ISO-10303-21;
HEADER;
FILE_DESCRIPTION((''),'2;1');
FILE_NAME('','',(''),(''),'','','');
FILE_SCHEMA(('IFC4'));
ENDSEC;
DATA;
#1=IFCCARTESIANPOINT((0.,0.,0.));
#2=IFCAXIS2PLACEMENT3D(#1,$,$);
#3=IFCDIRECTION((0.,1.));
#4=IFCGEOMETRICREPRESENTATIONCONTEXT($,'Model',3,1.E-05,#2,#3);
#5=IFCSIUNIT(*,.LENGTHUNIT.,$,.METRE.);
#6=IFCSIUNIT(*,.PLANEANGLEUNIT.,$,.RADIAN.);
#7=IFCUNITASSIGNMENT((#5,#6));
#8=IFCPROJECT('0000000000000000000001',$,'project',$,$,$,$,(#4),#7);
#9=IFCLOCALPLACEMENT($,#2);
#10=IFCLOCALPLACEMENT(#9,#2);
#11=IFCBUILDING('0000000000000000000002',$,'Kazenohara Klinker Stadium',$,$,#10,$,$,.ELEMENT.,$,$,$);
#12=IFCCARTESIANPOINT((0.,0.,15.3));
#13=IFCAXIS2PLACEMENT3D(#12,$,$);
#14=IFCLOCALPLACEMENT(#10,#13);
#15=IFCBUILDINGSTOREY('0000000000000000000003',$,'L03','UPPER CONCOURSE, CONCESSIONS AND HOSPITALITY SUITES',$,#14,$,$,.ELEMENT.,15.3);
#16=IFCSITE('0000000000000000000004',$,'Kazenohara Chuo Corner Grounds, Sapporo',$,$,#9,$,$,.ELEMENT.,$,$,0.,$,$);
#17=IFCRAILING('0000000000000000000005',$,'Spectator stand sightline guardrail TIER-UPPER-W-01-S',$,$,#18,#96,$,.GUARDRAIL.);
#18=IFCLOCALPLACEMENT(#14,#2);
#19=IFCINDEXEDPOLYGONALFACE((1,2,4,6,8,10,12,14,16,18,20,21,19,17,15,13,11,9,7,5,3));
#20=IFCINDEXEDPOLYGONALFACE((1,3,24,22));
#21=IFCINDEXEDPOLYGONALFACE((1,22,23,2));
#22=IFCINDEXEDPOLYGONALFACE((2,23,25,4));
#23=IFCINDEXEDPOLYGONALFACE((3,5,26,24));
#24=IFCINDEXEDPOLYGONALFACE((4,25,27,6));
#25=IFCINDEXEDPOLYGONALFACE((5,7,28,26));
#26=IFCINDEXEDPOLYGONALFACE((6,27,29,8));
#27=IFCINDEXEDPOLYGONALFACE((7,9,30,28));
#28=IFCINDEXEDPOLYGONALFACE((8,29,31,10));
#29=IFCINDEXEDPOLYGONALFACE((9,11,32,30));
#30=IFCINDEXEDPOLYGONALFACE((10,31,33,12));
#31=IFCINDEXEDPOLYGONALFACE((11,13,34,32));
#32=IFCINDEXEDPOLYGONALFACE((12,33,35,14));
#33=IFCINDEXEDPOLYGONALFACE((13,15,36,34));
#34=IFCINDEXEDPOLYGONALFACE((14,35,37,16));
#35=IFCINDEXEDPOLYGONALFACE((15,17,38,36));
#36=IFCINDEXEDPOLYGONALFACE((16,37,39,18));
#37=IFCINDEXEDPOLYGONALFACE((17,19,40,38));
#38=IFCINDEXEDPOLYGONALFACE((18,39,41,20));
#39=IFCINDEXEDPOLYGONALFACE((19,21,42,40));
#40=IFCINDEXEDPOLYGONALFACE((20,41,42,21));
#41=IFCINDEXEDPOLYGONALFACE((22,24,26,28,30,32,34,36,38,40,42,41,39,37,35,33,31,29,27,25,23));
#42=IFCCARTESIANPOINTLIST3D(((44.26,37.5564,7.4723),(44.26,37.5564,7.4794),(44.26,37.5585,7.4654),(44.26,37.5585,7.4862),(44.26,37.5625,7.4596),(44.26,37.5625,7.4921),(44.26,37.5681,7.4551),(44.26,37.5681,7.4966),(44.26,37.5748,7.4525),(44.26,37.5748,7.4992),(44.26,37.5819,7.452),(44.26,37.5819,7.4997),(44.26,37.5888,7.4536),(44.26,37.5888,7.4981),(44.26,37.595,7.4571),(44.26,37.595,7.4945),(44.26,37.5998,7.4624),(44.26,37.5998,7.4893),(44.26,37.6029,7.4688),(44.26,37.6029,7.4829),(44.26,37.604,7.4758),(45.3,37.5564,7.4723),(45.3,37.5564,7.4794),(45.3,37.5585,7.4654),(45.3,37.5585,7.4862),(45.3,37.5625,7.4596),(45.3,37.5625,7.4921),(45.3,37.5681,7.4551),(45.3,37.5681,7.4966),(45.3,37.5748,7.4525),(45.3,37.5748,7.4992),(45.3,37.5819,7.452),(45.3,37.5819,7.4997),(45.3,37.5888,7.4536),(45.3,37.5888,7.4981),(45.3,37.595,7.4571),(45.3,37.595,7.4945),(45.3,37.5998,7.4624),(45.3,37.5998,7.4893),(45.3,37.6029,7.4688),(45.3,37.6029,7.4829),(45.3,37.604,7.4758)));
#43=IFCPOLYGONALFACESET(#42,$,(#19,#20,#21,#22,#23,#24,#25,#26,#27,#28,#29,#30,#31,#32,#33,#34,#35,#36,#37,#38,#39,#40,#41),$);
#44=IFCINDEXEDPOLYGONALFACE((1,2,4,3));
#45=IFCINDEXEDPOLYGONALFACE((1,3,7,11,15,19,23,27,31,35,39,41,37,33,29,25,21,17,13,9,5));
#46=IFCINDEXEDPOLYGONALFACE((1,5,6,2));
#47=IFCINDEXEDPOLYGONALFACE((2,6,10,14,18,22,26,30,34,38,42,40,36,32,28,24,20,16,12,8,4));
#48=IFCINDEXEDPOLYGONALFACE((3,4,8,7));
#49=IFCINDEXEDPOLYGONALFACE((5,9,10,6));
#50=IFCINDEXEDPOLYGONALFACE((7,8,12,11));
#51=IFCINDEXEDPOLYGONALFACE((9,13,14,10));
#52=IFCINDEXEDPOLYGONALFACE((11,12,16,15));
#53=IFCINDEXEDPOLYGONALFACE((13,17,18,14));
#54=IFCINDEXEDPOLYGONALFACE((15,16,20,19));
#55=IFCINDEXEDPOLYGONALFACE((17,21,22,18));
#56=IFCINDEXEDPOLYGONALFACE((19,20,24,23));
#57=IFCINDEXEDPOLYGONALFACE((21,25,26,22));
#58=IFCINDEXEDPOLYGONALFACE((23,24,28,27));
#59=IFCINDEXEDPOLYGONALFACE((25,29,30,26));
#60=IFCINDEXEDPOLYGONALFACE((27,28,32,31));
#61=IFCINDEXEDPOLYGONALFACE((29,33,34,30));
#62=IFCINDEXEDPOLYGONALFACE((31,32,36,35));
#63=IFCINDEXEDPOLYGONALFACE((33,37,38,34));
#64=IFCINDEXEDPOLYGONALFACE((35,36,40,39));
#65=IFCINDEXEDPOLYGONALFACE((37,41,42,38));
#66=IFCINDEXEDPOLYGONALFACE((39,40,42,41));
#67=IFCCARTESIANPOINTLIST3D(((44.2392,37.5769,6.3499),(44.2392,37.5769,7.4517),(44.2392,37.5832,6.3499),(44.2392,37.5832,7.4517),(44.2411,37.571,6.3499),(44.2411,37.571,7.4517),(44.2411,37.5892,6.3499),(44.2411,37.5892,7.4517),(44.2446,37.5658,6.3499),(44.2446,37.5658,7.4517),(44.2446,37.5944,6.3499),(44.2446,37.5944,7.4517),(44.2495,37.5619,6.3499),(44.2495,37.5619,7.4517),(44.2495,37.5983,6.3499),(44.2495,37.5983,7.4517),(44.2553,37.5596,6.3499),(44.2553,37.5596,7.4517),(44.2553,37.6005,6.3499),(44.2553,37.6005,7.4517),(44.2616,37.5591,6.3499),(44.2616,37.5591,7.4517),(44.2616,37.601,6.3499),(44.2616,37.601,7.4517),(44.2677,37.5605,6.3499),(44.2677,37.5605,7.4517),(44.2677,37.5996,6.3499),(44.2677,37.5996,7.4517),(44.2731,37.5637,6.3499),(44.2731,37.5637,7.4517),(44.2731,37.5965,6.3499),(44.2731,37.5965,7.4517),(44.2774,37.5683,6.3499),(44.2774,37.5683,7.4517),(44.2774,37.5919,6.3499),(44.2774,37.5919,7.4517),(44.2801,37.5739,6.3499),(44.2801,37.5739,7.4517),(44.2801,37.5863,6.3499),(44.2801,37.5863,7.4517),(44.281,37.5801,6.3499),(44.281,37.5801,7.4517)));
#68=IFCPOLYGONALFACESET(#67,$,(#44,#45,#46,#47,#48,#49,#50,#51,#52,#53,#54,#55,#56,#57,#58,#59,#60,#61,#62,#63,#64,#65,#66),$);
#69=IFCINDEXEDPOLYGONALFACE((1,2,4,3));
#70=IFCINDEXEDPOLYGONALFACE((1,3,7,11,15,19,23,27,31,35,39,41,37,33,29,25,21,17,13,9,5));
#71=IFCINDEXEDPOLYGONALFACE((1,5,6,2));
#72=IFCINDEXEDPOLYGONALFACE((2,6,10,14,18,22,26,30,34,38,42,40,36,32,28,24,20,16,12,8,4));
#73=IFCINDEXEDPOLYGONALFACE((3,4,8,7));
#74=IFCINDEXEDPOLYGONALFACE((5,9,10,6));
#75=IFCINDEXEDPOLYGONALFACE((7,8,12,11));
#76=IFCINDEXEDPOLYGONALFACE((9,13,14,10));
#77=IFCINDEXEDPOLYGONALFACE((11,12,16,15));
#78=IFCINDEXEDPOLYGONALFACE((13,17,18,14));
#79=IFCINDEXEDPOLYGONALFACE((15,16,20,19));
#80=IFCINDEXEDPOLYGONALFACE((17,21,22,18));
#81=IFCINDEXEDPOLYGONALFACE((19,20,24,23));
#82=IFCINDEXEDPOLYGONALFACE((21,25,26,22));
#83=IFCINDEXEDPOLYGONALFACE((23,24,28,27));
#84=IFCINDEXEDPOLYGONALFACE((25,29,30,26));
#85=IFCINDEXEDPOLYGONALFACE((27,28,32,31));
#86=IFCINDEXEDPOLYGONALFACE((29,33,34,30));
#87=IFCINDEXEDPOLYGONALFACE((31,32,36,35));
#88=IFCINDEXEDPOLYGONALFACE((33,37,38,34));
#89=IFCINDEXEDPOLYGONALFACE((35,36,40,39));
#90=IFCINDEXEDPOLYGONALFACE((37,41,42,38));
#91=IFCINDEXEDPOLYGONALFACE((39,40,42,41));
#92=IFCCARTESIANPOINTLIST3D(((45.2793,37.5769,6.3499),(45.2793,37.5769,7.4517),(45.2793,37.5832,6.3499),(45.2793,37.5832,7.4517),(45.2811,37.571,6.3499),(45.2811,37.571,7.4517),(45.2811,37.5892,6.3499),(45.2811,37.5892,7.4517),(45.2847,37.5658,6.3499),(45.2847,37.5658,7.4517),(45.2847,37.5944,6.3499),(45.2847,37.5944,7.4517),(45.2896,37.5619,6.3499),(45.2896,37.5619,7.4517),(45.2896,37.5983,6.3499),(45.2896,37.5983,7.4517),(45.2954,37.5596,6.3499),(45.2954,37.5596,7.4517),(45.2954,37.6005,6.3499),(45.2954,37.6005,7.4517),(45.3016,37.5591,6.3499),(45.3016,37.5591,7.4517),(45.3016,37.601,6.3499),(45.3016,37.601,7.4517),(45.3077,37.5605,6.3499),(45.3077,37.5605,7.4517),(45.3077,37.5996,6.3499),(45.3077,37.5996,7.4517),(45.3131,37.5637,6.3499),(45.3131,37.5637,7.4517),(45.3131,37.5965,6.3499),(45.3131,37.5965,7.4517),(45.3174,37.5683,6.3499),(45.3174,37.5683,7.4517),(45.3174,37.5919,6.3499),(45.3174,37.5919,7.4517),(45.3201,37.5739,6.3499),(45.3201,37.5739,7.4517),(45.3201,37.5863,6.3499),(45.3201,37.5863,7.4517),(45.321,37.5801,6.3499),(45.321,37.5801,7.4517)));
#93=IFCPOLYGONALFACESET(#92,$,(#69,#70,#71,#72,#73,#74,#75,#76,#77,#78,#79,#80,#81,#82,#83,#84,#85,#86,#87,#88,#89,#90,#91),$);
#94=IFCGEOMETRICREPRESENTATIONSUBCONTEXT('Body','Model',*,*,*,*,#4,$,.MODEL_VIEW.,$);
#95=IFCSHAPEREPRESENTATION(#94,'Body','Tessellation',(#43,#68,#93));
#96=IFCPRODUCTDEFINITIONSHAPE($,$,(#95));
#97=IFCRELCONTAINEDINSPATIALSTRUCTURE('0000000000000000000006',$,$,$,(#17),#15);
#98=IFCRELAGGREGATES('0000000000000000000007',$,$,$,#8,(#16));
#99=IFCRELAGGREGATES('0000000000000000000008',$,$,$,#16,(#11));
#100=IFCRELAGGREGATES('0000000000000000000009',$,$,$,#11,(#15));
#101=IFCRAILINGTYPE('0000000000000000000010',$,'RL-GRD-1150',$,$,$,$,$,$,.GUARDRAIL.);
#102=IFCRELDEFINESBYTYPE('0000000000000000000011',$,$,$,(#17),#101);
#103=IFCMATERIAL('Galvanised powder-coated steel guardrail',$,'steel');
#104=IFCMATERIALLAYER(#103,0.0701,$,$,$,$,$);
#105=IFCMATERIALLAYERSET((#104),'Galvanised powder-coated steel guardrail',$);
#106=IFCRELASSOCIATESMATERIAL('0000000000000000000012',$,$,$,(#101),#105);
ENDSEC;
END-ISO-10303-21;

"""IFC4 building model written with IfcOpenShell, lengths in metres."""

from ifc_helpers import new_model, si_unit, direction, frame, origin, origin_2d, place, context, subcontext, project, spatial, circle, extrude, material, layer, layer_set, type_object, element, save


model = new_model("IFC4")

# Units and contexts
model_context = context("Model", 3, precision=1e-05, world=origin(), true_north=direction((0.0, 1.0)))
body_context = subcontext(model_context, "Body", "Model", "MODEL_VIEW")
ifc_project = project(units=[si_unit("LENGTHUNIT", "METRE"), si_unit("PLANEANGLEUNIT", "RADIAN")], contexts=[model_context])

# Site, building, storey
site_placement = place(None, origin())
site = spatial("IfcSite", under=ifc_project, at=site_placement, Name="Kazenohara Chuo Corner Grounds, Sapporo", CompositionType="ELEMENT", RefElevation=0.0)
building_placement = place(site_placement, origin())
building = spatial("IfcBuilding", under=site, at=building_placement, Name="Kazenohara Klinker Stadium", CompositionType="ELEMENT")
storey_placement = place(building_placement, frame((0.0, 0.0, 15.3)))
storey = spatial("IfcBuildingStorey", under=building, at=storey_placement, Name="L03", Description="UPPER CONCOURSE, CONCESSIONS AND HOSPITALITY SUITES", CompositionType="ELEMENT", Elevation=15.3)

# Railing
ifc_material_1 = material(Name="Galvanised powder-coated steel guardrail", Category="steel")
ifc_layer_1 = layer(ifc_material_1, 0.0701)
ifc_layer_set_1 = layer_set([ifc_layer_1], Name="Galvanised powder-coated steel guardrail")
railing_type = type_object("IfcRailingType", Name="RL-GRD-1150", PredefinedType="GUARDRAIL", material=ifc_layer_set_1)
railing_1_placement = place(storey_placement, frame((44.26, 37.5801, 6.3499)))
element("IfcRailing", 1, at=railing_1_placement, inside=storey, type_object=railing_type, Name="Spectator stand sightline guardrail TIER-UPPER-W-01-S", PredefinedType="GUARDRAIL", context=body_context, shape_type="SweptSolid", body=[
    extrude(circle(Radius=0.0239, at=origin_2d()), frame((0.0, 0.0, 1.126), z_axis=(1.0, 0.0, 0.0), x_axis=(0.0, 1.0, 0.0)), (0.0, 0.0, 1.0), 1.04),
    extrude(circle(Radius=0.021, at=origin_2d()), origin(), (0.0, 0.0, 1.0), 1.1018),
    extrude(circle(Radius=0.021, at=origin_2d()), frame((1.04, 0.0, 0.0)), (0.0, 0.0, 1.0), 1.1018),
])

save(model, "model.ifc")
